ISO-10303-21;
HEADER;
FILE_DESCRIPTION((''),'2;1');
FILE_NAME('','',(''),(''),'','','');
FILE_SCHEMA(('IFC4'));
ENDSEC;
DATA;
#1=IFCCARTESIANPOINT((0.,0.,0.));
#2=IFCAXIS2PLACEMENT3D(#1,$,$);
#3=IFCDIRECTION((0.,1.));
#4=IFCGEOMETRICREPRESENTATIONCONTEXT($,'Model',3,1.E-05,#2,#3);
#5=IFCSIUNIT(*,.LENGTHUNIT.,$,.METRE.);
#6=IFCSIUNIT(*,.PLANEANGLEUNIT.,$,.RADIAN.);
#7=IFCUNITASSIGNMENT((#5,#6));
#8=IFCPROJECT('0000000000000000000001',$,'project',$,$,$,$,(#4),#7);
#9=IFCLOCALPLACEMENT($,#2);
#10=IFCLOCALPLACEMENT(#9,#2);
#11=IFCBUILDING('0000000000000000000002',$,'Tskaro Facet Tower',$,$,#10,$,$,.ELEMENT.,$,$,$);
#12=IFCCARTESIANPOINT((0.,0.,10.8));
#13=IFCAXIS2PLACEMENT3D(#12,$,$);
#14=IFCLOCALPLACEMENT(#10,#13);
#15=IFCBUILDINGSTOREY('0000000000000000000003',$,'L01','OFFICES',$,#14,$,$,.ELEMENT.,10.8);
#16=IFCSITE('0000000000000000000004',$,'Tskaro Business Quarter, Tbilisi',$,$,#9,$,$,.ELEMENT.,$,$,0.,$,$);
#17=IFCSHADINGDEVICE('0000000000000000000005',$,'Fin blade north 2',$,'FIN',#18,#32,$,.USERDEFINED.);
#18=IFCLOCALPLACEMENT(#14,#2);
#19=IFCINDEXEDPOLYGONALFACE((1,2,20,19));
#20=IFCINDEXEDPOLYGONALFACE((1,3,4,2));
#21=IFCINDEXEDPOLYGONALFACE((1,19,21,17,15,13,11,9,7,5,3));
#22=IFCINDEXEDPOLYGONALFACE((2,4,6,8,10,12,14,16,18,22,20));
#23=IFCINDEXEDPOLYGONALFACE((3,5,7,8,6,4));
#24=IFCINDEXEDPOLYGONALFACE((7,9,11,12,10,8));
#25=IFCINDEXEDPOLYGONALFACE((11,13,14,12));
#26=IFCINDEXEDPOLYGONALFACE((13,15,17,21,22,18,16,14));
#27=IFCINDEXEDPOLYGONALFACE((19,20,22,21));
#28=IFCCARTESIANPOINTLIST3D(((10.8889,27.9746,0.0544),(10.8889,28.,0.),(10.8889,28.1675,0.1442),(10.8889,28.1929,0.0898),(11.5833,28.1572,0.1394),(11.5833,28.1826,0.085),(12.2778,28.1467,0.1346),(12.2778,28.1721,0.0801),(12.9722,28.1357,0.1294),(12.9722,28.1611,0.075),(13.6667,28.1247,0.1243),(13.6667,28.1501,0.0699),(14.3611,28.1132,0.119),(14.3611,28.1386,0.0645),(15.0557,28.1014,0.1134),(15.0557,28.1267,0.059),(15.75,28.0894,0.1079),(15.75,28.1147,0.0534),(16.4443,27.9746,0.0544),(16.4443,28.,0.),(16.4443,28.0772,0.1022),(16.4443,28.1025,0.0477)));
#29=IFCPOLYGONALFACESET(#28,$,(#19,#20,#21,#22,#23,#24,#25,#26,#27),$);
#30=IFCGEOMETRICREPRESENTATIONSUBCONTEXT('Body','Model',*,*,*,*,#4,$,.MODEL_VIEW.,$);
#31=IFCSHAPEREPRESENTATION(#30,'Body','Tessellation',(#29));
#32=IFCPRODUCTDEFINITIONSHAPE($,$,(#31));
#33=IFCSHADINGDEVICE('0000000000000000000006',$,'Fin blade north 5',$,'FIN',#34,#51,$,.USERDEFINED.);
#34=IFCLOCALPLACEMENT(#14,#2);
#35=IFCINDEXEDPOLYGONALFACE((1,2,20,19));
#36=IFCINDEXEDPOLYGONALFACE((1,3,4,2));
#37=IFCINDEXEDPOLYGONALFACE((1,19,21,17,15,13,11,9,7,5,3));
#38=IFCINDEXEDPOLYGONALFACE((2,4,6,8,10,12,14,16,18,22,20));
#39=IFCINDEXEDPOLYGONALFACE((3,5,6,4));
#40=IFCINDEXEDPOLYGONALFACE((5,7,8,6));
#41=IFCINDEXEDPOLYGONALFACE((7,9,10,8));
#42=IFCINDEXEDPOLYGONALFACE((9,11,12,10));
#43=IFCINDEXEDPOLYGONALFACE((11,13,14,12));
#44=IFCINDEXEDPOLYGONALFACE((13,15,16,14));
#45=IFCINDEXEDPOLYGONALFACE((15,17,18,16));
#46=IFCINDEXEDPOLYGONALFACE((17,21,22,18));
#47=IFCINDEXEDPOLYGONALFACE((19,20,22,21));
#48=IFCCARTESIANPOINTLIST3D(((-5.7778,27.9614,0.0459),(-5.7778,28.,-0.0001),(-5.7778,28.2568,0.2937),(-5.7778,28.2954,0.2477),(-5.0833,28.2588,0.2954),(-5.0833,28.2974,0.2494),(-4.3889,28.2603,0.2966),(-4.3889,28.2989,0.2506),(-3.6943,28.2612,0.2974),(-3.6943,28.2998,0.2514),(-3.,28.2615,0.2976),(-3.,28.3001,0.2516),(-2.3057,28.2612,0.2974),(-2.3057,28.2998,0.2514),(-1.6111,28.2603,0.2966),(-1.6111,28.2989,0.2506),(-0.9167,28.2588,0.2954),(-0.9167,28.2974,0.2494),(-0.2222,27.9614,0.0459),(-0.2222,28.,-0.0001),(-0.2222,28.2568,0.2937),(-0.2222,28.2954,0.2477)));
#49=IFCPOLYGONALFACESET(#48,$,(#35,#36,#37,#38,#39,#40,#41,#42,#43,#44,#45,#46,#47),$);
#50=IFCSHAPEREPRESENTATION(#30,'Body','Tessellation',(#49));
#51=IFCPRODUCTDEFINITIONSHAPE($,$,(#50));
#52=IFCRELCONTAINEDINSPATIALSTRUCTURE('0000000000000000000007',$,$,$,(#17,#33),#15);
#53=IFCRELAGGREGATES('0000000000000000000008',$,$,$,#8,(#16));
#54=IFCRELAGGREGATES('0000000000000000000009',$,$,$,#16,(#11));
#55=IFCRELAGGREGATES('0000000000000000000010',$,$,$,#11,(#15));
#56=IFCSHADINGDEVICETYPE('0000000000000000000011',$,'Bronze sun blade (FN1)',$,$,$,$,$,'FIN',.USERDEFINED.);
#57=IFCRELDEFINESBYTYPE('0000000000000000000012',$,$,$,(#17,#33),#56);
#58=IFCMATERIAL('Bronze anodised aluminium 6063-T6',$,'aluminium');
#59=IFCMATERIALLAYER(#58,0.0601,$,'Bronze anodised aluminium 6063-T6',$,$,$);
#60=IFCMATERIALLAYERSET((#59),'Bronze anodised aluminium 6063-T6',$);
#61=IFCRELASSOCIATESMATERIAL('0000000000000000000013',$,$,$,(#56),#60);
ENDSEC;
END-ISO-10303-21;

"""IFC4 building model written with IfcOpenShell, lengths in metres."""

from ifc_helpers import new_model, si_unit, direction, frame, origin, place, context, subcontext, project, spatial, polyline, outline, extrude, material, layer, layer_set, type_object, element, save


model = new_model("IFC4")

# Units and contexts
model_context = context("Model", 3, precision=1e-05, world=origin(), true_north=direction((0.0, 1.0)))
body_context = subcontext(model_context, "Body", "Model", "MODEL_VIEW")
ifc_project = project(units=[si_unit("LENGTHUNIT", "METRE"), si_unit("PLANEANGLEUNIT", "RADIAN")], contexts=[model_context])

# Site, building, storey
site_placement = place(None, origin())
site = spatial("IfcSite", under=ifc_project, at=site_placement, Name="Tskaro Business Quarter, Tbilisi", CompositionType="ELEMENT", RefElevation=0.0)
building_placement = place(site_placement, origin())
building = spatial("IfcBuilding", under=site, at=building_placement, Name="Tskaro Facet Tower", CompositionType="ELEMENT")
storey_placement = place(building_placement, frame((0.0, 0.0, 10.8)))
storey = spatial("IfcBuildingStorey", under=building, at=storey_placement, Name="L01", Description="OFFICES", CompositionType="ELEMENT", Elevation=10.8)

# Shared definitions
ifc_material_1 = material(Name="Bronze anodised aluminium 6063-T6", Category="aluminium")

# Shading devices
ifc_layer_1 = layer(ifc_material_1, 0.0601, Name="Bronze anodised aluminium 6063-T6")
ifc_layer_set_1 = layer_set([ifc_layer_1], Name="Bronze anodised aluminium 6063-T6")
shading_device_type = type_object("IfcShadingDeviceType", Name="Bronze sun blade (FN1)", ElementType="FIN", PredefinedType="USERDEFINED", material=ifc_layer_set_1)
shading_device_1_placement = place(storey_placement, frame((16.4443, 27.9746, 0.0544), z_axis=(0.000001, -0.421972, 0.906609), x_axis=(-1.0, 0.0, 0.000001)))
element("IfcShadingDevice", 1, at=shading_device_1_placement, inside=storey, type_object=shading_device_type, Name="Fin blade north 2", ObjectType="FIN", PredefinedType="USERDEFINED", context=body_context, shape_type="SweptSolid", body=[
    extrude(outline(polyline([(0.0, 0.0), (5.5554, 0.0), (5.5554, -0.2128), (4.8611, -0.2014), (4.1665, -0.1898), (3.4722, -0.1777), (2.7776, -0.1656), (2.0833, -0.1529), (1.3887, -0.1398), (0.6943, -0.1266), (0.0, -0.1132), (0.0, 0.0)])), origin(), (0.0, 0.0, -1.0), 0.0601),
])
shading_device_2_placement = place(storey_placement, frame((-0.2222, 27.9614, 0.0459), z_axis=(0.0, -0.642716, 0.766104), x_axis=(-1.0, 0.0, 0.0)))
element("IfcShadingDevice", 2, at=shading_device_2_placement, inside=storey, type_object=shading_device_type, Name="Fin blade north 5", ObjectType="FIN", PredefinedType="USERDEFINED", context=body_context, shape_type="SweptSolid", body=[
    extrude(outline(polyline([(0.0, 0.0), (5.5557, 0.0), (5.5557, -0.3856), (4.8611, -0.3882), (4.1667, -0.3901), (3.4722, -0.3913), (2.7778, -0.3916), (2.7778, -0.3916), (2.0835, -0.3913), (1.3889, -0.3901), (0.6946, -0.3882), (0.0, -0.3856), (0.0, 0.0)])), origin(), (0.0, 0.0, -1.0), 0.0601),
])

save(model, "model.ifc")
